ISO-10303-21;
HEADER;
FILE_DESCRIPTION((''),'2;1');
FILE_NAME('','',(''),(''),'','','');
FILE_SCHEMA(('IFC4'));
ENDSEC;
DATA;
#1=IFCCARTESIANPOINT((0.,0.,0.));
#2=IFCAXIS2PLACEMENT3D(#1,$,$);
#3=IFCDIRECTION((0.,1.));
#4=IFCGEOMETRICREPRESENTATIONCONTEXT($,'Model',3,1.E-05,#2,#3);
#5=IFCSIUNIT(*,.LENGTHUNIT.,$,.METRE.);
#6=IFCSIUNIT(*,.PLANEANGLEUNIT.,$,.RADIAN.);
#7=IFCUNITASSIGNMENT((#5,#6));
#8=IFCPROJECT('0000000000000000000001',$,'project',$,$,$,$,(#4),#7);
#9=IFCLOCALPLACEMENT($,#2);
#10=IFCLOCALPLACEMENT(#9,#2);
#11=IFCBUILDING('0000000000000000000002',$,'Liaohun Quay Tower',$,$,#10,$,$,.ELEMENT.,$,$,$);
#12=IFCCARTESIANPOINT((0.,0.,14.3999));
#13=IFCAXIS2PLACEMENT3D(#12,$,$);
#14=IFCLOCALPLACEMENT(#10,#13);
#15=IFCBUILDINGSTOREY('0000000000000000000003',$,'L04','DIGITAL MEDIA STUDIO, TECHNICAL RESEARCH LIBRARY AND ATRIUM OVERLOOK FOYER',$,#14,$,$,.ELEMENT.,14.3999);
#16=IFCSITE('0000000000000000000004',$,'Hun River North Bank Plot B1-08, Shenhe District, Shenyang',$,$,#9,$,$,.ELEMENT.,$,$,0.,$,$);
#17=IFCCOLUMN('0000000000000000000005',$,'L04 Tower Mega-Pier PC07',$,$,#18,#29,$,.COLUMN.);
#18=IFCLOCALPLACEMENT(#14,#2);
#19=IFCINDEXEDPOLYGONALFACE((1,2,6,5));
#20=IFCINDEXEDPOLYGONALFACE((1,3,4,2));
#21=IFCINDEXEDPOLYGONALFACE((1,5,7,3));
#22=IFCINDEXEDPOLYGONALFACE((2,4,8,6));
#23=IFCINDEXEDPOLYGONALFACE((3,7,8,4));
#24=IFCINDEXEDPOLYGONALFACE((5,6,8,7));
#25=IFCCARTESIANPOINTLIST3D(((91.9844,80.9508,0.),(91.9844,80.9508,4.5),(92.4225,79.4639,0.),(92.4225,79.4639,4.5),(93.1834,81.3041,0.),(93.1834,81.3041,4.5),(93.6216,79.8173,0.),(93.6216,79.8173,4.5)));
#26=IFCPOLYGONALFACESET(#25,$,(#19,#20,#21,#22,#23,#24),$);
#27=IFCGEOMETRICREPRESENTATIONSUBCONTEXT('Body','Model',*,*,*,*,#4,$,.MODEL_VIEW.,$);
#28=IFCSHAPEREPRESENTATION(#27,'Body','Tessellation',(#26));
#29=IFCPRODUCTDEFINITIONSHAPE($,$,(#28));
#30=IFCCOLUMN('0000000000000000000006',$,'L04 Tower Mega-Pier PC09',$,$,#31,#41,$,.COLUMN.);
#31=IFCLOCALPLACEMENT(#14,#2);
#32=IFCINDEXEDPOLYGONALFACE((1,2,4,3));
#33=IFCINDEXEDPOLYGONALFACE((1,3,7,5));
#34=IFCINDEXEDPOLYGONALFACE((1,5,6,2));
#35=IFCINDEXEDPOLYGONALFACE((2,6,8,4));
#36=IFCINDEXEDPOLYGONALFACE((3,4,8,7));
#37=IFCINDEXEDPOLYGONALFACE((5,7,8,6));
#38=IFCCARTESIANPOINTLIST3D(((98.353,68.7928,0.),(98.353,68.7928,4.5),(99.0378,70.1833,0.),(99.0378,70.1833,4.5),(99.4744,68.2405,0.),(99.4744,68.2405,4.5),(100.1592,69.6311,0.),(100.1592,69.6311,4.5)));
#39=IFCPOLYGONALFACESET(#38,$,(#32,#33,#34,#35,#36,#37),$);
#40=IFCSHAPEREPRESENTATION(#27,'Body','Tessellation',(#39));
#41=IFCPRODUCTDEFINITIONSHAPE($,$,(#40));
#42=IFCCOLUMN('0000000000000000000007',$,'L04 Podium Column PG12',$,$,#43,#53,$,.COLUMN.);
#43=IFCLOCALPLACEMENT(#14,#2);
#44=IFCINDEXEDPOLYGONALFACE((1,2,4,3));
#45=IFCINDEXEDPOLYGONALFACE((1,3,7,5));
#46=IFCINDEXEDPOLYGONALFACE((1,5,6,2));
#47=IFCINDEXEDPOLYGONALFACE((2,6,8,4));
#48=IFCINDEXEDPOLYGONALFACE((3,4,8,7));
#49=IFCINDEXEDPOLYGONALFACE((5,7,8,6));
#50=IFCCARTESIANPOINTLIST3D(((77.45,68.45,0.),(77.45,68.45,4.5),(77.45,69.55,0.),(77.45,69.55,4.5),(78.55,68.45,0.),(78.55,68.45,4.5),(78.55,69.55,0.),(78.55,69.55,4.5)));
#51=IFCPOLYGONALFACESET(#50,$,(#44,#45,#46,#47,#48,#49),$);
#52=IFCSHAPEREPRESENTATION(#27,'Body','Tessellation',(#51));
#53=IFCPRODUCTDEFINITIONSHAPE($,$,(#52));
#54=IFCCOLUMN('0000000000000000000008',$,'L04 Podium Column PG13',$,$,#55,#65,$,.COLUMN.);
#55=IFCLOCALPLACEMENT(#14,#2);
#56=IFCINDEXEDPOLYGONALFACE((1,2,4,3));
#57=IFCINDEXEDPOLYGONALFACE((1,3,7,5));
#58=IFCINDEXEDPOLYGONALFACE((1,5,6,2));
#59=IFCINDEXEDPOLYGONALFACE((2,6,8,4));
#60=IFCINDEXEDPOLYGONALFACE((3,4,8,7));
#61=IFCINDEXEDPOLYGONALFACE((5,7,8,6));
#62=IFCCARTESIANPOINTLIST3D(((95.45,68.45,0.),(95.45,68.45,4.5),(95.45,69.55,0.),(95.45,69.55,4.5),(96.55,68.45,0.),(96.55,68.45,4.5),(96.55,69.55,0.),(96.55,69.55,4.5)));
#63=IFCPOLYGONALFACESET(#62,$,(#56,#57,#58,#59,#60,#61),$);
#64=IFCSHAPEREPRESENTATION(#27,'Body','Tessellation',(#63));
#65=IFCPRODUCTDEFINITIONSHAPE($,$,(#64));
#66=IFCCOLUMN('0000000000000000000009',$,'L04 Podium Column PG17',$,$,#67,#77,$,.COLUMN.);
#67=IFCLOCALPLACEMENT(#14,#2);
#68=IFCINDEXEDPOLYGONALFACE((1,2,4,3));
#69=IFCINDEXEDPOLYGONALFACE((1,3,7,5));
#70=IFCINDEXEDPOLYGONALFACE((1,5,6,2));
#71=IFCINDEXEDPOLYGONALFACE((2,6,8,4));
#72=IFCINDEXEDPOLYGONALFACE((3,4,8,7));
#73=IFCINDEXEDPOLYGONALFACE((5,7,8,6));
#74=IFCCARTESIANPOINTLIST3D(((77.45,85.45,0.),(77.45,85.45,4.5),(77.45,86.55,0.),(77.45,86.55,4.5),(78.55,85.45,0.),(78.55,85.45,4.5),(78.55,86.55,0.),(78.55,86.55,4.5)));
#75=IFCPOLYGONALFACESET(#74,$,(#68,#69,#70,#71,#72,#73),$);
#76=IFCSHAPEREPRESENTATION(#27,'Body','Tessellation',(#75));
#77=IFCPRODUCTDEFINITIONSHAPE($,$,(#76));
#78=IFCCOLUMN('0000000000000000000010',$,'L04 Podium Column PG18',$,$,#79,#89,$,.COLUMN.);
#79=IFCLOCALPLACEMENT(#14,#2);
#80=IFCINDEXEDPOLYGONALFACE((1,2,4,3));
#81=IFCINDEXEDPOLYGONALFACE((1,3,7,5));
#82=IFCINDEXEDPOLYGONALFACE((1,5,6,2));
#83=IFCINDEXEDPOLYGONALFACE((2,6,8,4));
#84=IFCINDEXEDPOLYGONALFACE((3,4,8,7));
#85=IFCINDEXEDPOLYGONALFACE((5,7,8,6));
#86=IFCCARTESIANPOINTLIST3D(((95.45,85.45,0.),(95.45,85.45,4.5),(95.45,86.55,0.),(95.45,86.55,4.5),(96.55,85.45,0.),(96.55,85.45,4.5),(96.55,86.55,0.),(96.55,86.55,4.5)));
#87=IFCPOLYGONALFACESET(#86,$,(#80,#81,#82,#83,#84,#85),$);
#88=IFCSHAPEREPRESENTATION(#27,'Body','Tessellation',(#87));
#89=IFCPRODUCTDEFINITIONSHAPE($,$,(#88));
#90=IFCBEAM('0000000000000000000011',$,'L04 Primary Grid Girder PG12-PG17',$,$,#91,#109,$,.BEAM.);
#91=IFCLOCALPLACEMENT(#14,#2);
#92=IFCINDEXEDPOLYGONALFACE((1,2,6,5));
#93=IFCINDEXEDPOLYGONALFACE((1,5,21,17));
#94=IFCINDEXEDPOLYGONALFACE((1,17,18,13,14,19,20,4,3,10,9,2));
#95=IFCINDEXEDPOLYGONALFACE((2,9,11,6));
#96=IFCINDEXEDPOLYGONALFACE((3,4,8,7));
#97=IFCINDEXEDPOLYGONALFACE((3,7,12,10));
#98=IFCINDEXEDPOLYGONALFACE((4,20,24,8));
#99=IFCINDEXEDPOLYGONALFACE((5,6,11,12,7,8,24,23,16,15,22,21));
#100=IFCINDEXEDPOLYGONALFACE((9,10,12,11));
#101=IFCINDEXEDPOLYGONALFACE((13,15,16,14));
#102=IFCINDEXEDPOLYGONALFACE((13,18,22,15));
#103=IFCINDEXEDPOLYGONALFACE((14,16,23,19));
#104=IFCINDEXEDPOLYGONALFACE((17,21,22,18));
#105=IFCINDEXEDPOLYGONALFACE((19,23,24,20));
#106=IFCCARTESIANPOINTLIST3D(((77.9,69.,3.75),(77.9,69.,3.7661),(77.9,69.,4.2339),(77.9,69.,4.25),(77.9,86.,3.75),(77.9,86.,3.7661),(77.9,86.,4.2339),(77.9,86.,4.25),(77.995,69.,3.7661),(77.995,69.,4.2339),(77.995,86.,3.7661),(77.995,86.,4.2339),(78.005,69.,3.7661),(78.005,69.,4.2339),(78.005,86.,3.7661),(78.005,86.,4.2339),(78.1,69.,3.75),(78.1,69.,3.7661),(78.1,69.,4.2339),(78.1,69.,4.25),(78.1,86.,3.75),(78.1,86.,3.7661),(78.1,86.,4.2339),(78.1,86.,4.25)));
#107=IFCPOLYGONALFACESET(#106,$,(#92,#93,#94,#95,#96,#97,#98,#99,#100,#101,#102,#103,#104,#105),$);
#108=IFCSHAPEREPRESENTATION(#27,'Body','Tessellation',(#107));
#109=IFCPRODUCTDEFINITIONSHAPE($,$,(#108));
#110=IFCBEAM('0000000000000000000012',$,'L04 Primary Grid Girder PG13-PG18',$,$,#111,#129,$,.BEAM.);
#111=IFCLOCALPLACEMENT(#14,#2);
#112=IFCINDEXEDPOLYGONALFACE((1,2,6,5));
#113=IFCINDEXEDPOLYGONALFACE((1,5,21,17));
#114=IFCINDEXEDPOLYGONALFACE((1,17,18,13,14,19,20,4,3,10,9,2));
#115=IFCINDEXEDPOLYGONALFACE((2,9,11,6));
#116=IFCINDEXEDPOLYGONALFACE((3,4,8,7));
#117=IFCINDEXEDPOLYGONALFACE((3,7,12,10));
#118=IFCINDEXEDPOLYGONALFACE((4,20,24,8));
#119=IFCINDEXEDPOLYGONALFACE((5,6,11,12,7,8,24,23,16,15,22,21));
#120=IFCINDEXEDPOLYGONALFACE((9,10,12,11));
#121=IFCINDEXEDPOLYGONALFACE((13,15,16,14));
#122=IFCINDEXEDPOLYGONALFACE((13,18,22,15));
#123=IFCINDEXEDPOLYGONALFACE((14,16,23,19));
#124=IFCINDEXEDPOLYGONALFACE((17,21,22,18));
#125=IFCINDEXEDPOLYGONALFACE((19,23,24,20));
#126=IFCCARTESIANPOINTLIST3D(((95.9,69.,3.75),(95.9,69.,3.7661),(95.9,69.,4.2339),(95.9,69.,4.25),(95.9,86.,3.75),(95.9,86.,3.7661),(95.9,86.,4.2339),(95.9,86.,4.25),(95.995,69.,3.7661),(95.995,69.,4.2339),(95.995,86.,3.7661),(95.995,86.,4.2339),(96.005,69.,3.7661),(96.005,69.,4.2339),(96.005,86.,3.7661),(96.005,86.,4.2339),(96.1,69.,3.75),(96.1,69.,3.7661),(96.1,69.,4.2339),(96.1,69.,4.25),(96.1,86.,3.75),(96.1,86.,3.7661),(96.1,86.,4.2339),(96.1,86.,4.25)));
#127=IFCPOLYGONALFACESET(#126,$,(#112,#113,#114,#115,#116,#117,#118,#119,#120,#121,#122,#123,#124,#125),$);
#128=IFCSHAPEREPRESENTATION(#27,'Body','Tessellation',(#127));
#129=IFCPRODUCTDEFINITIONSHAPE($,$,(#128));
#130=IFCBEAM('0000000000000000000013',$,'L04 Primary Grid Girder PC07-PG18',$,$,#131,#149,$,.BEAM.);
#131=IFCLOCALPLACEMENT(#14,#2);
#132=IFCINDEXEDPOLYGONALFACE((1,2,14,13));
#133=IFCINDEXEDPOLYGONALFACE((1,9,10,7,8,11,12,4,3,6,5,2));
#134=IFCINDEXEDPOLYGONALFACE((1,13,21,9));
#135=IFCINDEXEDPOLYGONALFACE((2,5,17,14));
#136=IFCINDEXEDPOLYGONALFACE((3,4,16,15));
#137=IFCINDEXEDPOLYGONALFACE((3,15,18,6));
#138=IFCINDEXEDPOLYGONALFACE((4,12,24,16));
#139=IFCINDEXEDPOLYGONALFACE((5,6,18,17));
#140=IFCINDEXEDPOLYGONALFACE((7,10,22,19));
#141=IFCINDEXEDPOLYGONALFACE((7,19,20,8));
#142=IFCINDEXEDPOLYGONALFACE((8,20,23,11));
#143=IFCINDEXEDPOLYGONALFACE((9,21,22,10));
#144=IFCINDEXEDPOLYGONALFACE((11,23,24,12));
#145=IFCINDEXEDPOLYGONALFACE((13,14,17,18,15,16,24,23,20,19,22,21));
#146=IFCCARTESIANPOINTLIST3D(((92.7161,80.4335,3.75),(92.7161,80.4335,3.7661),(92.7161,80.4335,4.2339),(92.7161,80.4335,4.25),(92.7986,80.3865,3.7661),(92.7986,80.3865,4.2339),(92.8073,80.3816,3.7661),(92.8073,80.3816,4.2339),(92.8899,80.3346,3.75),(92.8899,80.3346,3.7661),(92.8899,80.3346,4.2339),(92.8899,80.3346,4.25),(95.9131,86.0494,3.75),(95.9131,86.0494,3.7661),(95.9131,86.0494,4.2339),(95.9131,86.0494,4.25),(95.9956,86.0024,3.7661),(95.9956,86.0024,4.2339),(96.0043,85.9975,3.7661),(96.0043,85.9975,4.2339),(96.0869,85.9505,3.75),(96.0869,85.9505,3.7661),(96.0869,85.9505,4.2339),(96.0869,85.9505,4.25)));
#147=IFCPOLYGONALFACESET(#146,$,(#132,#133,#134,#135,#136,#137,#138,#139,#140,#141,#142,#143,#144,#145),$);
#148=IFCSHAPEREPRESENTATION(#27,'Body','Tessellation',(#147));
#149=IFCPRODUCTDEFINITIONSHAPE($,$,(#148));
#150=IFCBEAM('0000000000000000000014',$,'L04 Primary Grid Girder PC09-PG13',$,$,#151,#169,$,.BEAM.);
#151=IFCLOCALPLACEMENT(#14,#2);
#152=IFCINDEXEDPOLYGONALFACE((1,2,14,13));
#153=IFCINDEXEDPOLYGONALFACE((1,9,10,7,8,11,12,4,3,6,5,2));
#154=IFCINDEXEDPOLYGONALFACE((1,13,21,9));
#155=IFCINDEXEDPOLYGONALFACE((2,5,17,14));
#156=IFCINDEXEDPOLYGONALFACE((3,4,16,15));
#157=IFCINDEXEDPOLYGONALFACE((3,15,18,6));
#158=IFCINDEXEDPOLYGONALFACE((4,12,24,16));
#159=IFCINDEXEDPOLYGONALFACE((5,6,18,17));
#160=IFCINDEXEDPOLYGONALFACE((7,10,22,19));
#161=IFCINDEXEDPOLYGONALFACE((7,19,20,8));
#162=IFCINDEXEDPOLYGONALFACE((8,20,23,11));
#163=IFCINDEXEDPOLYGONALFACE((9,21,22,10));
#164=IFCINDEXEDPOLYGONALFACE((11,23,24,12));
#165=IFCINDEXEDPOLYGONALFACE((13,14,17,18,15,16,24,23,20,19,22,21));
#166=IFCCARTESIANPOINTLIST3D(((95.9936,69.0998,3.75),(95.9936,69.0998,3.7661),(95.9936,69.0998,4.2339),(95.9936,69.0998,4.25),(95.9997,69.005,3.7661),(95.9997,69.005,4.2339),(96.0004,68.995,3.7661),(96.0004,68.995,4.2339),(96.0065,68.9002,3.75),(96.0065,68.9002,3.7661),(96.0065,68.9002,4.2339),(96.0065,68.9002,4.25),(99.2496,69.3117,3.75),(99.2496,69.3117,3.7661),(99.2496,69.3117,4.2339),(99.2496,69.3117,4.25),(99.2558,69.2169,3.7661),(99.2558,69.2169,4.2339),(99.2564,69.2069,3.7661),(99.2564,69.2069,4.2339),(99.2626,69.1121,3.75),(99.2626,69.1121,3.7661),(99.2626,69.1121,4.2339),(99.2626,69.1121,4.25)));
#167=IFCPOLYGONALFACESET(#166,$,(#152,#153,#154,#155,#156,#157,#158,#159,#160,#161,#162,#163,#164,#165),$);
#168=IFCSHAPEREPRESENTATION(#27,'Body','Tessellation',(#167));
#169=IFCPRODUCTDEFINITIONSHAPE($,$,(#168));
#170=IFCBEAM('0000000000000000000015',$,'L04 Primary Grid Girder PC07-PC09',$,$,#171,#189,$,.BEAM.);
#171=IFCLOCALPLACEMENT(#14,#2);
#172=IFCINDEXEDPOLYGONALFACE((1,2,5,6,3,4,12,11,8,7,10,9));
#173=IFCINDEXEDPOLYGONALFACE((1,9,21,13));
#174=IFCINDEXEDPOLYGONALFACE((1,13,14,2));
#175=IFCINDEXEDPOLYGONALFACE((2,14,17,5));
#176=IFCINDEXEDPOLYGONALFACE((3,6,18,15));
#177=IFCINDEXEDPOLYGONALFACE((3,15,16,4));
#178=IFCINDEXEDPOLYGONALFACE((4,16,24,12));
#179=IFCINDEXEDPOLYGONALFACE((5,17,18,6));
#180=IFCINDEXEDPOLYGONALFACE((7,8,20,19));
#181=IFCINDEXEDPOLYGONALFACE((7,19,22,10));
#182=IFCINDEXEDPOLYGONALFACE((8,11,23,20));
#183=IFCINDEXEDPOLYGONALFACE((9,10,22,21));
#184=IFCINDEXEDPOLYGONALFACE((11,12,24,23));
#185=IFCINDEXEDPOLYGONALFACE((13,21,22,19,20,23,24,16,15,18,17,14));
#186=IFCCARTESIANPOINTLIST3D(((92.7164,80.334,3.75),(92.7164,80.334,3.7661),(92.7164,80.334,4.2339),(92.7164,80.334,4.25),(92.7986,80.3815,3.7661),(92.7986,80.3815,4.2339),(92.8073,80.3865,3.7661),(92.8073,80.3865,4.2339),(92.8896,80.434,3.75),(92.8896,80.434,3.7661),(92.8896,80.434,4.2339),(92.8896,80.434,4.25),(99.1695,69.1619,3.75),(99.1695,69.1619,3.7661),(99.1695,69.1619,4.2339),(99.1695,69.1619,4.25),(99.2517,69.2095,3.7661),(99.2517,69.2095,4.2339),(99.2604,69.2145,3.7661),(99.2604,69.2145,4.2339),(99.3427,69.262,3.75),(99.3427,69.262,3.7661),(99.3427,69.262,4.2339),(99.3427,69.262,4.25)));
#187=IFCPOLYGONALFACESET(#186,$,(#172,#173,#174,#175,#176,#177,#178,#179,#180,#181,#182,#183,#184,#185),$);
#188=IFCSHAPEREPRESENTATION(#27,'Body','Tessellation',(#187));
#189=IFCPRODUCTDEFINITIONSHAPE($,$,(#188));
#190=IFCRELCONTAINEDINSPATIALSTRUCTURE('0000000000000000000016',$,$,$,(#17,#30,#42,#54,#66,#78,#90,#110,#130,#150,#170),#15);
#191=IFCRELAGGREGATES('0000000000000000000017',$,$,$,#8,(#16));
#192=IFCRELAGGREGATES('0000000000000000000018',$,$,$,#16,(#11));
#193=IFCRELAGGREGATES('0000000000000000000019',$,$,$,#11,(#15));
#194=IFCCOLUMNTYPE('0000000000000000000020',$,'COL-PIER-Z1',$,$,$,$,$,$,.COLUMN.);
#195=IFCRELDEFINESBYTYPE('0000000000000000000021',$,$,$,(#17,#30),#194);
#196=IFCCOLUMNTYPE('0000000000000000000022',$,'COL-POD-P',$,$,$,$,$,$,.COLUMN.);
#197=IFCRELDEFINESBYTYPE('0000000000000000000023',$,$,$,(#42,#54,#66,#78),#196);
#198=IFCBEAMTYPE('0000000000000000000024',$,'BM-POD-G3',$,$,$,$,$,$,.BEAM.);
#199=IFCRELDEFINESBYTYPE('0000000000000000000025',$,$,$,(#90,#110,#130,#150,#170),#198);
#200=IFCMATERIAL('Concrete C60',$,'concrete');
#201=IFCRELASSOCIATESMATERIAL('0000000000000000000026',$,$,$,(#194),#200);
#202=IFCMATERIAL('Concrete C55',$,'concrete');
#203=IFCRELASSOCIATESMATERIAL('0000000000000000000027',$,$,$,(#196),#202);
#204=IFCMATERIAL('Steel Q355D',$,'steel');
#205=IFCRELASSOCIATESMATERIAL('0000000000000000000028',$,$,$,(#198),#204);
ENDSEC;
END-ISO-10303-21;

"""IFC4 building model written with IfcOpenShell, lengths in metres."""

from ifc_helpers import new_model, si_unit, direction, frame, origin, origin_2d, place, context, subcontext, project, spatial, rectangle, i_section, extrude, source, transform, mapped, material, material_profile, profile_set, type_object, element, save


model = new_model("IFC4")

# Units and contexts
model_context = context("Model", 3, precision=1e-05, world=origin(), true_north=direction((0.0, 1.0)))
body_context = subcontext(model_context, "Body", "Model", "MODEL_VIEW")
ifc_project = project(units=[si_unit("LENGTHUNIT", "METRE"), si_unit("PLANEANGLEUNIT", "RADIAN")], contexts=[model_context])

# Site, building, storey
site_placement = place(None, origin())
site = spatial("IfcSite", under=ifc_project, at=site_placement, Name="Hun River North Bank Plot B1-08, Shenhe District, Shenyang", CompositionType="ELEMENT", RefElevation=0.0)
building_placement = place(site_placement, origin())
building = spatial("IfcBuilding", under=site, at=building_placement, Name="Liaohun Quay Tower", CompositionType="ELEMENT")
storey_placement = place(building_placement, frame((0.0, 0.0, 14.3999)))
storey = spatial("IfcBuildingStorey", under=building, at=storey_placement, Name="L04", Description="DIGITAL MEDIA STUDIO, TECHNICAL RESEARCH LIBRARY AND ATRIUM OVERLOOK FOYER", CompositionType="ELEMENT", Elevation=14.3999)

# Columns
ifc_material_1 = material(Name="Concrete C60", Category="concrete")
ifc_material_profile_1 = material_profile(ifc_material_1, rectangle(XDim=1.55, YDim=1.25, at=origin_2d()), Name="RC1550x1250")
ifc_profile_set_1 = profile_set([ifc_material_profile_1], Name="Concrete C60")
column_type_1 = type_object("IfcColumnType", Name="COL-PIER-Z1", PredefinedType="COLUMN", material=ifc_profile_set_1)
shared_shape_1 = source(origin(), body_context, "Body", "SweptSolid", [
    extrude(rectangle(XDim=1.55, YDim=1.25, at=origin_2d()), origin(), (0.0, 0.0, 1.0), 4.5),
])
for number, where, z_axis, x_axis, name in (
    (1, (92.803, 80.384, 0.0), (0.0, 0.0, 1.0), (-0.282676, 0.959215, 0.0), "L04 Tower Mega-Pier PC07"),
    (2, (99.2561, 69.2119, 0.0), (0.0, 0.0, 1.0), (0.441819, 0.897104, 0.0), "L04 Tower Mega-Pier PC09"),
):
    element("IfcColumn", number, at=place(storey_placement, frame(where, z_axis=z_axis, x_axis=x_axis)), inside=storey, type_object=column_type_1, Name=name, PredefinedType="COLUMN", context=body_context, shape_type="MappedRepresentation", body=[
        mapped(shared_shape_1, transform((0.0, 0.0, 0.0), x_axis=(1.0, 0.0, 0.0), y_axis=(0.0, 1.0, 0.0), z_axis=(0.0, 0.0, 1.0), scale=1.0)),
    ])
ifc_material_2 = material(Name="Concrete C55", Category="concrete")
ifc_material_profile_2 = material_profile(ifc_material_2, rectangle(XDim=1.1001, YDim=1.1001, at=origin_2d()), Name="RC1100x1100")
ifc_profile_set_2 = profile_set([ifc_material_profile_2], Name="Concrete C55")
column_type_2 = type_object("IfcColumnType", Name="COL-POD-P", PredefinedType="COLUMN", material=ifc_profile_set_2)
shared_shape_2 = source(origin(), body_context, "Body", "SweptSolid", [
    extrude(rectangle(XDim=1.1001, YDim=1.1001, at=origin_2d()), origin(), (0.0, 0.0, 1.0), 4.5),
])
for number, where, z_axis, x_axis, name in (
    (3, (78.0, 69.0, 0.0), (0.0, 0.0, 1.0), (1.0, 0.0, 0.0), "L04 Podium Column PG12"),
    (4, (96.0, 69.0, 0.0), (0.0, 0.0, 1.0), (1.0, 0.0, 0.0), "L04 Podium Column PG13"),
    (5, (78.0, 86.0, 0.0), (0.0, 0.0, 1.0), (1.0, 0.0, 0.0), "L04 Podium Column PG17"),
    (6, (96.0, 86.0, 0.0), (0.0, 0.0, 1.0), (1.0, 0.0, 0.0), "L04 Podium Column PG18"),
):
    element("IfcColumn", number, at=place(storey_placement, frame(where, z_axis=z_axis, x_axis=x_axis)), inside=storey, type_object=column_type_2, Name=name, PredefinedType="COLUMN", context=body_context, shape_type="MappedRepresentation", body=[
        mapped(shared_shape_2, transform((0.0, 0.0, 0.0), x_axis=(1.0, 0.0, 0.0), y_axis=(0.0, 1.0, 0.0), z_axis=(0.0, 0.0, 1.0), scale=1.0)),
    ])

# Beams
ifc_material_3 = material(Name="Steel Q355D", Category="steel")
ifc_material_profile_3 = material_profile(ifc_material_3, i_section(OverallWidth=0.2, OverallDepth=0.5, WebThickness=0.01, FlangeThickness=0.0161, at=origin_2d()), Name="HN500x200x10x16")
ifc_profile_set_3 = profile_set([ifc_material_profile_3], Name="Steel Q355D")
beam_type_1 = type_object("IfcBeamType", Name="BM-POD-G3", PredefinedType="BEAM", material=ifc_profile_set_3)
shared_shape_3 = source(origin(), body_context, "Body", "SweptSolid", [
    extrude(i_section(OverallWidth=0.2, OverallDepth=0.5, WebThickness=0.01, FlangeThickness=0.0161, at=origin_2d()), origin(), (0.0, 0.0, 1.0), 17.0),
])
for number, where, z_axis, x_axis, name in (
    (7, (78.0, 69.0, 4.0), (0.0, 1.0, 0.0), (-1.0, 0.0, 0.0), "L04 Primary Grid Girder PG12-PG17"),
    (8, (96.0, 69.0, 4.0), (0.0, 1.0, 0.0), (-1.0, 0.0, 0.0), "L04 Primary Grid Girder PG13-PG18"),
):
    element("IfcBeam", number, at=place(storey_placement, frame(where, z_axis=z_axis, x_axis=x_axis)), inside=storey, type_object=beam_type_1, Name=name, PredefinedType="BEAM", context=body_context, shape_type="MappedRepresentation", body=[
        mapped(shared_shape_3, transform((0.0, 0.0, 0.0), x_axis=(1.0, 0.0, 0.0), y_axis=(0.0, 1.0, 0.0), z_axis=(0.0, 0.0, 1.0), scale=1.0)),
    ])
shared_shape_4 = source(origin(), body_context, "Body", "SweptSolid", [
    extrude(i_section(OverallWidth=0.2, OverallDepth=0.5, WebThickness=0.01, FlangeThickness=0.0161, at=origin_2d()), origin(), (0.0, 0.0, 1.0), 6.4622),
])
beam_1_placement = place(storey_placement, frame((92.803, 80.384, 4.0), z_axis=(0.494726, 0.869049, 0.0), x_axis=(-0.869049, 0.494726, 0.0)))
element("IfcBeam", 9, at=beam_1_placement, inside=storey, type_object=beam_type_1, Name="L04 Primary Grid Girder PC07-PG18", PredefinedType="BEAM", context=body_context, shape_type="MappedRepresentation", body=[
    mapped(shared_shape_4, transform((0.0, 0.0, 0.0), x_axis=(1.0, 0.0, 0.0), y_axis=(0.0, 1.0, 0.0), z_axis=(0.0, 0.0, 1.0), scale=1.0)),
])
shared_shape_5 = source(origin(), body_context, "Body", "SweptSolid", [
    extrude(i_section(OverallWidth=0.2, OverallDepth=0.5, WebThickness=0.01, FlangeThickness=0.0161, at=origin_2d()), origin(), (0.0, 0.0, 1.0), 3.2629),
])
beam_2_placement = place(storey_placement, frame((99.2561, 69.2119, 4.0), z_axis=(-0.997889, -0.064945, 0.0), x_axis=(0.064945, -0.997889, 0.0)))
element("IfcBeam", 10, at=beam_2_placement, inside=storey, type_object=beam_type_1, Name="L04 Primary Grid Girder PC09-PG13", PredefinedType="BEAM", context=body_context, shape_type="MappedRepresentation", body=[
    mapped(shared_shape_5, transform((0.0, 0.0, 0.0), x_axis=(1.0, 0.0, 0.0), y_axis=(0.0, 1.0, 0.0), z_axis=(0.0, 0.0, 1.0), scale=1.0)),
])
shared_shape_6 = source(origin(), body_context, "Body", "SweptSolid", [
    extrude(i_section(OverallWidth=0.2, OverallDepth=0.5, WebThickness=0.01, FlangeThickness=0.0161, at=origin_2d()), origin(), (0.0, 0.0, 1.0), 12.9019),
])
beam_3_placement = place(storey_placement, frame((92.803, 80.384, 4.0), z_axis=(0.500169, -0.865928, 0.0), x_axis=(0.865928, 0.500169, 0.0)))
element("IfcBeam", 11, at=beam_3_placement, inside=storey, type_object=beam_type_1, Name="L04 Primary Grid Girder PC07-PC09", PredefinedType="BEAM", context=body_context, shape_type="MappedRepresentation", body=[
    mapped(shared_shape_6, transform((0.0, 0.0, 0.0), x_axis=(1.0, 0.0, 0.0), y_axis=(0.0, 1.0, 0.0), z_axis=(0.0, 0.0, 1.0), scale=1.0)),
])

save(model, "model.ifc")
